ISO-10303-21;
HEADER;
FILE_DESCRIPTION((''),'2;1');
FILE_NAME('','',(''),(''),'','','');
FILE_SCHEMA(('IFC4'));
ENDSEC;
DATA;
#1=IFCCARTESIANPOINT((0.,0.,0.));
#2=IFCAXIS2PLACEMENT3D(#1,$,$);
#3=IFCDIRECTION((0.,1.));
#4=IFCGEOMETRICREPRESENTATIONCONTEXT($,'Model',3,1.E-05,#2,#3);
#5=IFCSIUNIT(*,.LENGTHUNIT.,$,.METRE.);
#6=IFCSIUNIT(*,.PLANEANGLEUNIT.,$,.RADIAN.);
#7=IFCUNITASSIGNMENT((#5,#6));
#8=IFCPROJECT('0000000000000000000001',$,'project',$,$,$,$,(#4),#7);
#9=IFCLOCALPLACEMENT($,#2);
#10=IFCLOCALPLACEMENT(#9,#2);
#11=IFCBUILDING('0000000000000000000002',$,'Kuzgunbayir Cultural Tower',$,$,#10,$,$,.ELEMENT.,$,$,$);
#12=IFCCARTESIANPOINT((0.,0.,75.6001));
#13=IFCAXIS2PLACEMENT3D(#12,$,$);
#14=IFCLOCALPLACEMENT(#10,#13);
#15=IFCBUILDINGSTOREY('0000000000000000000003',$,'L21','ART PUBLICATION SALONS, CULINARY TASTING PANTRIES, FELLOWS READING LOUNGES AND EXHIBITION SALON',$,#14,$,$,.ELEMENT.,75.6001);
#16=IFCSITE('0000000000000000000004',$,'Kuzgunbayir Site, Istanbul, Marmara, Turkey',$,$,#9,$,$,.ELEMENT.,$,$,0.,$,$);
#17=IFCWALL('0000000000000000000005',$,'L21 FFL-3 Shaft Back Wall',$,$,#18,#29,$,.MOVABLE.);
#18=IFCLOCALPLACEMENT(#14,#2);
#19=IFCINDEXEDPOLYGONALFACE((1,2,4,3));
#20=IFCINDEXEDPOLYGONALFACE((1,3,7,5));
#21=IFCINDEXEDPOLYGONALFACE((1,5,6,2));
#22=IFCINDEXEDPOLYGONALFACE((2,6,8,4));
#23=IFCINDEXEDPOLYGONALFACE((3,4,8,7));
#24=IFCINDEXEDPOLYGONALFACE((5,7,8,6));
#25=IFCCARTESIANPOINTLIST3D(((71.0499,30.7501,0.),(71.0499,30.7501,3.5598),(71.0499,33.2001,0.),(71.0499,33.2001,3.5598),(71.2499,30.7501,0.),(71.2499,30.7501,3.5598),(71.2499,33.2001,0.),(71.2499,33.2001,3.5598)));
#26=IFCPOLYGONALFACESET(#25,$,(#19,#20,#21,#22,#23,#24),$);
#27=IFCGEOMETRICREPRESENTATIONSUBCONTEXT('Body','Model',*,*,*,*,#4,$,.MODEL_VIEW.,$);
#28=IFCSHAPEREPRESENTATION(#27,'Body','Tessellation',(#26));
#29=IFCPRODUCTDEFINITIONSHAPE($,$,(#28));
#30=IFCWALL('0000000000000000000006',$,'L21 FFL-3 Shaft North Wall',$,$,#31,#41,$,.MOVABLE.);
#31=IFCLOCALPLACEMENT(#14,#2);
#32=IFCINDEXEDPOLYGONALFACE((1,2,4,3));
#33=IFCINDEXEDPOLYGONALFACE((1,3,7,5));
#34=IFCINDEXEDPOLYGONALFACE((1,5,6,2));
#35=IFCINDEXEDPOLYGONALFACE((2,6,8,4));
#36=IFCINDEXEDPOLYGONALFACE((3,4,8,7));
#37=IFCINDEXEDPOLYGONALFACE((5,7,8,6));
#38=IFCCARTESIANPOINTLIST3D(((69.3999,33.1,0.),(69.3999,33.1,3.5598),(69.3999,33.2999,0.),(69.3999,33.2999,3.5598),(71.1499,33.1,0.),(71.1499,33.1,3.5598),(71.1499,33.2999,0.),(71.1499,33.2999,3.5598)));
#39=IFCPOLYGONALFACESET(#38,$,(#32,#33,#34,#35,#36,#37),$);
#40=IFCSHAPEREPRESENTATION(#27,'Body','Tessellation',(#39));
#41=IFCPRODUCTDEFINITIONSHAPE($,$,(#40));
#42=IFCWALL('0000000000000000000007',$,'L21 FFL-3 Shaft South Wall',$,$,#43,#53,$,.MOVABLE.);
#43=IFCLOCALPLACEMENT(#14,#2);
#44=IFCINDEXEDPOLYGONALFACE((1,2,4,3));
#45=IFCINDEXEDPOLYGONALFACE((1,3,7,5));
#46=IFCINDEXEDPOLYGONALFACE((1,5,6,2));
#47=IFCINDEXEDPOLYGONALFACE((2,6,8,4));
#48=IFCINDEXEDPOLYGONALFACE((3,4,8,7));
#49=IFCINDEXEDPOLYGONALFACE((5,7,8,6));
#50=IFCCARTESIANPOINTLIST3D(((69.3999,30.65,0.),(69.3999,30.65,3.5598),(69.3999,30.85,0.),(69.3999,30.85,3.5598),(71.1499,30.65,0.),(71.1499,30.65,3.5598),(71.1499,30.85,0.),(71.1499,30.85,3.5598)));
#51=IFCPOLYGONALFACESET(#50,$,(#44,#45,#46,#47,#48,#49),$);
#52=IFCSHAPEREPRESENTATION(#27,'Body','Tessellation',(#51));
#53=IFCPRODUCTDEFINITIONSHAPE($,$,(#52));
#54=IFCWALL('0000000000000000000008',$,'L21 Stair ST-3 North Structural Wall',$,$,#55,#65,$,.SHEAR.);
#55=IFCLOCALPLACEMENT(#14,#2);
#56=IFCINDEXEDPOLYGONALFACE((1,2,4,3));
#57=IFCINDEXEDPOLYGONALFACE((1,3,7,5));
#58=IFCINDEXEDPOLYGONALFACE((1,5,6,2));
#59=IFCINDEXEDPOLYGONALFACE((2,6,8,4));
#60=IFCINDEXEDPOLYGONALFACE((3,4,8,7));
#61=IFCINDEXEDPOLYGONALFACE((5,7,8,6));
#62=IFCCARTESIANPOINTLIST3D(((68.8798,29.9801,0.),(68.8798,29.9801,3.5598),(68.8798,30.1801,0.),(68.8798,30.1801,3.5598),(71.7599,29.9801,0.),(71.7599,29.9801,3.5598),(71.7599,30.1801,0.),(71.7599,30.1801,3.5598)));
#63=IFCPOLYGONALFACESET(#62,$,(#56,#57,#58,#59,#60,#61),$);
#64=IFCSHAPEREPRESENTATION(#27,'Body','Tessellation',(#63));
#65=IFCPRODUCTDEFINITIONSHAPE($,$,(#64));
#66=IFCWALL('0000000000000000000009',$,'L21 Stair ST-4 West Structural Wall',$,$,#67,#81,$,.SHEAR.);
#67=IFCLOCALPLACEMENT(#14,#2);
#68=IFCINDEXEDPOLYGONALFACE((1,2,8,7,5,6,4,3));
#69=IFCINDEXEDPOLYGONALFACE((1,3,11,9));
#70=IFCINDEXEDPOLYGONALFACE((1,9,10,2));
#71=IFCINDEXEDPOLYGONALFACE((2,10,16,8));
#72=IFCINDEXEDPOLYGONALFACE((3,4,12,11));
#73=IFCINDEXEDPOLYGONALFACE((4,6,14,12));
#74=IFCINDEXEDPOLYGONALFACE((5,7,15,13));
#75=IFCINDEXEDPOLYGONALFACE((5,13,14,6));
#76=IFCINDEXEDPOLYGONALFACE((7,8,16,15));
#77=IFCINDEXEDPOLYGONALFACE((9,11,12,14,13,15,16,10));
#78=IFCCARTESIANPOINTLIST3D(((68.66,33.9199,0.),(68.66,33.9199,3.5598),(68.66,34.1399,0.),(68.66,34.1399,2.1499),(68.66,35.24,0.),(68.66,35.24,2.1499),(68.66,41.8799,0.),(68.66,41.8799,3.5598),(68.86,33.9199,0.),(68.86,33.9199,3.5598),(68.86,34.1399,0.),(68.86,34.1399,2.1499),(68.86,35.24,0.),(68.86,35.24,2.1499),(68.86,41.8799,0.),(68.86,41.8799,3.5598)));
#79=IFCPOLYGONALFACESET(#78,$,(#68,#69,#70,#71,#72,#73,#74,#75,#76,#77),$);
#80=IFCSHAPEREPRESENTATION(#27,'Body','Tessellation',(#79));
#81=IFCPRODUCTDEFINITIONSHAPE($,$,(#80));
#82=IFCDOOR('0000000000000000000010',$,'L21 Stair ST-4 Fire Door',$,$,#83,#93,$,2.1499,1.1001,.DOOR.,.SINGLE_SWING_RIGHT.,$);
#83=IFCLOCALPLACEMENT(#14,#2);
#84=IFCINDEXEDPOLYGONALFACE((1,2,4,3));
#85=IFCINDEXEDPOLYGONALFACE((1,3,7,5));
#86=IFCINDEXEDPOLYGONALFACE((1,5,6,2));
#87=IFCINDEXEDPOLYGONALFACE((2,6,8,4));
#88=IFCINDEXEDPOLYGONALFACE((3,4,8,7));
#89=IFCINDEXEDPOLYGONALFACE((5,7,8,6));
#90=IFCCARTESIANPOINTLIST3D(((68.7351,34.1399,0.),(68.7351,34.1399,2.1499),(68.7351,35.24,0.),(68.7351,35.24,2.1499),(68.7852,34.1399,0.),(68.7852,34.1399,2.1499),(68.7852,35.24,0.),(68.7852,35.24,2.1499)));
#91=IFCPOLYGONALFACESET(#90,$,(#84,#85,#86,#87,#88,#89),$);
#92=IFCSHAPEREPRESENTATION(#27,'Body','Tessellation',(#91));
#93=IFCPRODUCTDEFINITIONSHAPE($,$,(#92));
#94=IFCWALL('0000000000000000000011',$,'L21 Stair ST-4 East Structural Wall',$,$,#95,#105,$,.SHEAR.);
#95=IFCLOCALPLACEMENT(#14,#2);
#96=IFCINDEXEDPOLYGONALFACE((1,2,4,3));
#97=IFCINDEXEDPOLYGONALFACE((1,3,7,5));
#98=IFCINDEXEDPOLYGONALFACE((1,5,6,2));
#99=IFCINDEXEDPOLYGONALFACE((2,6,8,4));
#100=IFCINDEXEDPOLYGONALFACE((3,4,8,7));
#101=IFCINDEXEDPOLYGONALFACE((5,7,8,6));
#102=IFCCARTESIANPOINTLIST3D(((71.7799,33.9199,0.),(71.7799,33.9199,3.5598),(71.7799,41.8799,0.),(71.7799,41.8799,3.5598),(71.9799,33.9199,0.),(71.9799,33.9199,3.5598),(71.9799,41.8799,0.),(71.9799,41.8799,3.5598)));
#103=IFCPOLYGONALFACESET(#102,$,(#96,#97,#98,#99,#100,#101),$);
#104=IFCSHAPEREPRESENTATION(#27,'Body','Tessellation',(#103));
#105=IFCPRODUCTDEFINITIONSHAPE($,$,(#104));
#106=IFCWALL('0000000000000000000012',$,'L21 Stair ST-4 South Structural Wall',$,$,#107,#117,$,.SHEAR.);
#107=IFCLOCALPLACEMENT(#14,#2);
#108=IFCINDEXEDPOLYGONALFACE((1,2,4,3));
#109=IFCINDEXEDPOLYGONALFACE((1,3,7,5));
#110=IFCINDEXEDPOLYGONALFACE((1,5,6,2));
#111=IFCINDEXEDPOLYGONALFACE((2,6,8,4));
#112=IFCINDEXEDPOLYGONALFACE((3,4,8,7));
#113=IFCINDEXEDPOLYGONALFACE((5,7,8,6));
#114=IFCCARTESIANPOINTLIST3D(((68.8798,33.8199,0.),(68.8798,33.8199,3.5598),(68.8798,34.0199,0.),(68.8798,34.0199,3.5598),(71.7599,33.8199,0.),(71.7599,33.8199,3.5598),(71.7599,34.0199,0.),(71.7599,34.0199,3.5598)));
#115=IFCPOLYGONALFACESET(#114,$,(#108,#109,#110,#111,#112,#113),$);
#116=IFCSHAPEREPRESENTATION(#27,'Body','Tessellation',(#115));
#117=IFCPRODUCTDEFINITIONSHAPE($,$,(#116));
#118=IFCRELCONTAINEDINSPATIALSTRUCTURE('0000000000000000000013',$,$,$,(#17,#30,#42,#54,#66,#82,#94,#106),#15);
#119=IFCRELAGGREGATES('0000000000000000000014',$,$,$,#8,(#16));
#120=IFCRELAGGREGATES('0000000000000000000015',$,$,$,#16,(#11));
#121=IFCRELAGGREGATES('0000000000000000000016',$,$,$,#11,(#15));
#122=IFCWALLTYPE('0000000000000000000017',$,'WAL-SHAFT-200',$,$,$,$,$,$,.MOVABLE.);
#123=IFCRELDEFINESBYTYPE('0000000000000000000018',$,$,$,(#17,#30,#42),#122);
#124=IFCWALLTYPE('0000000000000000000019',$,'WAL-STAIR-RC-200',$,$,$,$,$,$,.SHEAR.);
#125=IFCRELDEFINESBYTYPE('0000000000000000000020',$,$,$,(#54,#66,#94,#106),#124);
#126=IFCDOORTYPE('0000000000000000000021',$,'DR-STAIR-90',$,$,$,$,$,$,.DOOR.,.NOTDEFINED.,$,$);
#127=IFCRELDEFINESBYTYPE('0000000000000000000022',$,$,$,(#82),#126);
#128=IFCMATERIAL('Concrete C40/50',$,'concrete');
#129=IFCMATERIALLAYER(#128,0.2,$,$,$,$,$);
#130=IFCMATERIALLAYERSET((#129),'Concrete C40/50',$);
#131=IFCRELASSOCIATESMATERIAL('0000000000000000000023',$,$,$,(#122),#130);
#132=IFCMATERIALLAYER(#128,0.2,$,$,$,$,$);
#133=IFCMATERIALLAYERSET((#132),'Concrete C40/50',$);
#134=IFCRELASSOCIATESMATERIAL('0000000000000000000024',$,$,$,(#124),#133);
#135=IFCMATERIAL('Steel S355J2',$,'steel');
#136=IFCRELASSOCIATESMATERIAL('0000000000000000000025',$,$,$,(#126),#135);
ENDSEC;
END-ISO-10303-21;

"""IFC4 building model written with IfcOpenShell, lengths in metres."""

from ifc_helpers import new_model, si_unit, direction, frame, frame_2d, origin, place, context, subcontext, project, spatial, rectangle, extrude, material, layer, layer_set, type_object, element, fill, save


model = new_model("IFC4")

# Units and contexts
model_context = context("Model", 3, precision=1e-05, world=origin(), true_north=direction((0.0, 1.0)))
body_context = subcontext(model_context, "Body", "Model", "MODEL_VIEW")
ifc_project = project(units=[si_unit("LENGTHUNIT", "METRE"), si_unit("PLANEANGLEUNIT", "RADIAN")], contexts=[model_context])

# Site, building, storey
site_placement = place(None, origin())
site = spatial("IfcSite", under=ifc_project, at=site_placement, Name="Kuzgunbayir Site, Istanbul, Marmara, Turkey", CompositionType="ELEMENT", RefElevation=0.0)
building_placement = place(site_placement, origin())
building = spatial("IfcBuilding", under=site, at=building_placement, Name="Kuzgunbayir Cultural Tower", CompositionType="ELEMENT")
storey_placement = place(building_placement, frame((0.0, 0.0, 75.6001)))
storey = spatial("IfcBuildingStorey", under=building, at=storey_placement, Name="L21", Description="ART PUBLICATION SALONS, CULINARY TASTING PANTRIES, FELLOWS READING LOUNGES AND EXHIBITION SALON", CompositionType="ELEMENT", Elevation=75.6001)

# Shared definitions
ifc_material_1 = material(Name="Steel S355J2", Category="steel")

# Shared definitions
ifc_material_2 = material(Name="Concrete C40/50", Category="concrete")
ifc_layer_1 = layer(ifc_material_2, 0.2)
ifc_layer_set_1 = layer_set([ifc_layer_1], Name="Concrete C40/50")
wall_type_1 = type_object("IfcWallType", Name="WAL-SHAFT-200", PredefinedType="MOVABLE", material=ifc_layer_set_1)

# Walls
wall_1_placement = place(storey_placement, frame((71.1499, 30.75, 0.0), z_axis=(0.0, 0.0, 1.0), x_axis=(0.0, 1.0, 0.0)))
element("IfcWall", 1, at=wall_1_placement, inside=storey, type_object=wall_type_1, Name="L21 FFL-3 Shaft Back Wall", PredefinedType="MOVABLE", context=body_context, shape_type="SweptSolid", body=[
    extrude(rectangle(XDim=2.45, YDim=0.2, at=frame_2d((1.2251, 0.0))), origin(), (0.0, 0.0, 1.0), 3.5598),
])
for number, where, z_axis, x_axis, name in (
    (2, (69.3999, 33.2, 0.0), (0.0, 0.0, 1.0), (1.0, 0.0, 0.0), "L21 FFL-3 Shaft North Wall"),
    (3, (69.3999, 30.75, 0.0), (0.0, 0.0, 1.0), (1.0, 0.0, 0.0), "L21 FFL-3 Shaft South Wall"),
):
    element("IfcWall", number, at=place(storey_placement, frame(where, z_axis=z_axis, x_axis=x_axis)), inside=storey, type_object=wall_type_1, Name=name, PredefinedType="MOVABLE", context=body_context, shape_type="SweptSolid", body=[
        extrude(rectangle(XDim=1.75, YDim=0.2, at=frame_2d((0.875, 0.0))), origin(), (0.0, 0.0, 1.0), 3.5598),
    ])
ifc_layer_2 = layer(ifc_material_2, 0.2)
ifc_layer_set_2 = layer_set([ifc_layer_2], Name="Concrete C40/50")
wall_type_2 = type_object("IfcWallType", Name="WAL-STAIR-RC-200", PredefinedType="SHEAR", material=ifc_layer_set_2)
wall_2_placement = place(storey_placement, frame((68.8799, 30.0801, 0.0), z_axis=(0.0, 0.0, 1.0), x_axis=(1.0, 0.0, 0.0)))
element("IfcWall", 4, at=wall_2_placement, inside=storey, type_object=wall_type_2, Name="L21 Stair ST-3 North Structural Wall", PredefinedType="SHEAR", context=body_context, shape_type="SweptSolid", body=[
    extrude(rectangle(XDim=2.8801, YDim=0.2, at=frame_2d((1.4399, 0.0))), origin(), (0.0, 0.0, 1.0), 3.5598),
])

# Wall, opening, door
wall_3_placement = place(storey_placement, frame((68.76, 33.9199, 0.0), z_axis=(0.0, 0.0, 1.0), x_axis=(0.0, 1.0, 0.0)))
wall_3 = element("IfcWall", 5, at=wall_3_placement, inside=storey, type_object=wall_type_2, Name="L21 Stair ST-4 West Structural Wall", PredefinedType="SHEAR", context=body_context, shape_type="SweptSolid", body=[
    extrude(rectangle(XDim=7.96, YDim=0.2, at=frame_2d((3.98, 0.0))), origin(), (0.0, 0.0, 1.0), 3.5598),
])
opening_1_placement = place(wall_3_placement, frame((0.22, 0.0, 0.0)))
opening_1 = element("IfcOpeningElement", 6, at=opening_1_placement, cuts=wall_3, PredefinedType="OPENING", context=body_context, shape_type="SweptSolid", body=[
    extrude(rectangle(XDim=1.1001, YDim=2.1499, at=frame_2d((0.55, 1.075))), frame((0.0, 0.1099, 0.0), z_axis=(0.0, -1.0, 0.0), x_axis=(1.0, 0.0, 0.0)), (0.0, 0.0, 1.0), 0.22),
])
door_type_1 = type_object("IfcDoorType", Name="DR-STAIR-90", OperationType="NOTDEFINED", PredefinedType="DOOR", material=ifc_material_1)
door_1_placement = place(opening_1_placement, origin())
door_1 = element("IfcDoor", 7, at=door_1_placement, inside=storey, type_object=door_type_1, Name="L21 Stair ST-4 Fire Door", OperationType="SINGLE_SWING_RIGHT", OverallHeight=2.1499, OverallWidth=1.1001, PredefinedType="DOOR", context=body_context, shape_type="SweptSolid", body=[
    extrude(rectangle(XDim=1.1001, YDim=2.1499, at=frame_2d((0.55, 1.075))), frame((0.0, 0.0249, 0.0), z_axis=(0.0, -1.0, 0.0), x_axis=(1.0, 0.0, 0.0)), (0.0, 0.0, 1.0), 0.05),
])
fill(opening_1, door_1)

# Walls
wall_4_placement = place(storey_placement, frame((71.8799, 33.9199, 0.0), z_axis=(0.0, 0.0, 1.0), x_axis=(0.0, 1.0, 0.0)))
element("IfcWall", 8, at=wall_4_placement, inside=storey, type_object=wall_type_2, Name="L21 Stair ST-4 East Structural Wall", PredefinedType="SHEAR", context=body_context, shape_type="SweptSolid", body=[
    extrude(rectangle(XDim=7.96, YDim=0.2, at=frame_2d((3.98, 0.0))), origin(), (0.0, 0.0, 1.0), 3.5598),
])
wall_5_placement = place(storey_placement, frame((68.8799, 33.9199, 0.0), z_axis=(0.0, 0.0, 1.0), x_axis=(1.0, 0.0, 0.0)))
element("IfcWall", 9, at=wall_5_placement, inside=storey, type_object=wall_type_2, Name="L21 Stair ST-4 South Structural Wall", PredefinedType="SHEAR", context=body_context, shape_type="SweptSolid", body=[
    extrude(rectangle(XDim=2.8801, YDim=0.2, at=frame_2d((1.4399, 0.0))), origin(), (0.0, 0.0, 1.0), 3.5598),
])

save(model, "model.ifc")
